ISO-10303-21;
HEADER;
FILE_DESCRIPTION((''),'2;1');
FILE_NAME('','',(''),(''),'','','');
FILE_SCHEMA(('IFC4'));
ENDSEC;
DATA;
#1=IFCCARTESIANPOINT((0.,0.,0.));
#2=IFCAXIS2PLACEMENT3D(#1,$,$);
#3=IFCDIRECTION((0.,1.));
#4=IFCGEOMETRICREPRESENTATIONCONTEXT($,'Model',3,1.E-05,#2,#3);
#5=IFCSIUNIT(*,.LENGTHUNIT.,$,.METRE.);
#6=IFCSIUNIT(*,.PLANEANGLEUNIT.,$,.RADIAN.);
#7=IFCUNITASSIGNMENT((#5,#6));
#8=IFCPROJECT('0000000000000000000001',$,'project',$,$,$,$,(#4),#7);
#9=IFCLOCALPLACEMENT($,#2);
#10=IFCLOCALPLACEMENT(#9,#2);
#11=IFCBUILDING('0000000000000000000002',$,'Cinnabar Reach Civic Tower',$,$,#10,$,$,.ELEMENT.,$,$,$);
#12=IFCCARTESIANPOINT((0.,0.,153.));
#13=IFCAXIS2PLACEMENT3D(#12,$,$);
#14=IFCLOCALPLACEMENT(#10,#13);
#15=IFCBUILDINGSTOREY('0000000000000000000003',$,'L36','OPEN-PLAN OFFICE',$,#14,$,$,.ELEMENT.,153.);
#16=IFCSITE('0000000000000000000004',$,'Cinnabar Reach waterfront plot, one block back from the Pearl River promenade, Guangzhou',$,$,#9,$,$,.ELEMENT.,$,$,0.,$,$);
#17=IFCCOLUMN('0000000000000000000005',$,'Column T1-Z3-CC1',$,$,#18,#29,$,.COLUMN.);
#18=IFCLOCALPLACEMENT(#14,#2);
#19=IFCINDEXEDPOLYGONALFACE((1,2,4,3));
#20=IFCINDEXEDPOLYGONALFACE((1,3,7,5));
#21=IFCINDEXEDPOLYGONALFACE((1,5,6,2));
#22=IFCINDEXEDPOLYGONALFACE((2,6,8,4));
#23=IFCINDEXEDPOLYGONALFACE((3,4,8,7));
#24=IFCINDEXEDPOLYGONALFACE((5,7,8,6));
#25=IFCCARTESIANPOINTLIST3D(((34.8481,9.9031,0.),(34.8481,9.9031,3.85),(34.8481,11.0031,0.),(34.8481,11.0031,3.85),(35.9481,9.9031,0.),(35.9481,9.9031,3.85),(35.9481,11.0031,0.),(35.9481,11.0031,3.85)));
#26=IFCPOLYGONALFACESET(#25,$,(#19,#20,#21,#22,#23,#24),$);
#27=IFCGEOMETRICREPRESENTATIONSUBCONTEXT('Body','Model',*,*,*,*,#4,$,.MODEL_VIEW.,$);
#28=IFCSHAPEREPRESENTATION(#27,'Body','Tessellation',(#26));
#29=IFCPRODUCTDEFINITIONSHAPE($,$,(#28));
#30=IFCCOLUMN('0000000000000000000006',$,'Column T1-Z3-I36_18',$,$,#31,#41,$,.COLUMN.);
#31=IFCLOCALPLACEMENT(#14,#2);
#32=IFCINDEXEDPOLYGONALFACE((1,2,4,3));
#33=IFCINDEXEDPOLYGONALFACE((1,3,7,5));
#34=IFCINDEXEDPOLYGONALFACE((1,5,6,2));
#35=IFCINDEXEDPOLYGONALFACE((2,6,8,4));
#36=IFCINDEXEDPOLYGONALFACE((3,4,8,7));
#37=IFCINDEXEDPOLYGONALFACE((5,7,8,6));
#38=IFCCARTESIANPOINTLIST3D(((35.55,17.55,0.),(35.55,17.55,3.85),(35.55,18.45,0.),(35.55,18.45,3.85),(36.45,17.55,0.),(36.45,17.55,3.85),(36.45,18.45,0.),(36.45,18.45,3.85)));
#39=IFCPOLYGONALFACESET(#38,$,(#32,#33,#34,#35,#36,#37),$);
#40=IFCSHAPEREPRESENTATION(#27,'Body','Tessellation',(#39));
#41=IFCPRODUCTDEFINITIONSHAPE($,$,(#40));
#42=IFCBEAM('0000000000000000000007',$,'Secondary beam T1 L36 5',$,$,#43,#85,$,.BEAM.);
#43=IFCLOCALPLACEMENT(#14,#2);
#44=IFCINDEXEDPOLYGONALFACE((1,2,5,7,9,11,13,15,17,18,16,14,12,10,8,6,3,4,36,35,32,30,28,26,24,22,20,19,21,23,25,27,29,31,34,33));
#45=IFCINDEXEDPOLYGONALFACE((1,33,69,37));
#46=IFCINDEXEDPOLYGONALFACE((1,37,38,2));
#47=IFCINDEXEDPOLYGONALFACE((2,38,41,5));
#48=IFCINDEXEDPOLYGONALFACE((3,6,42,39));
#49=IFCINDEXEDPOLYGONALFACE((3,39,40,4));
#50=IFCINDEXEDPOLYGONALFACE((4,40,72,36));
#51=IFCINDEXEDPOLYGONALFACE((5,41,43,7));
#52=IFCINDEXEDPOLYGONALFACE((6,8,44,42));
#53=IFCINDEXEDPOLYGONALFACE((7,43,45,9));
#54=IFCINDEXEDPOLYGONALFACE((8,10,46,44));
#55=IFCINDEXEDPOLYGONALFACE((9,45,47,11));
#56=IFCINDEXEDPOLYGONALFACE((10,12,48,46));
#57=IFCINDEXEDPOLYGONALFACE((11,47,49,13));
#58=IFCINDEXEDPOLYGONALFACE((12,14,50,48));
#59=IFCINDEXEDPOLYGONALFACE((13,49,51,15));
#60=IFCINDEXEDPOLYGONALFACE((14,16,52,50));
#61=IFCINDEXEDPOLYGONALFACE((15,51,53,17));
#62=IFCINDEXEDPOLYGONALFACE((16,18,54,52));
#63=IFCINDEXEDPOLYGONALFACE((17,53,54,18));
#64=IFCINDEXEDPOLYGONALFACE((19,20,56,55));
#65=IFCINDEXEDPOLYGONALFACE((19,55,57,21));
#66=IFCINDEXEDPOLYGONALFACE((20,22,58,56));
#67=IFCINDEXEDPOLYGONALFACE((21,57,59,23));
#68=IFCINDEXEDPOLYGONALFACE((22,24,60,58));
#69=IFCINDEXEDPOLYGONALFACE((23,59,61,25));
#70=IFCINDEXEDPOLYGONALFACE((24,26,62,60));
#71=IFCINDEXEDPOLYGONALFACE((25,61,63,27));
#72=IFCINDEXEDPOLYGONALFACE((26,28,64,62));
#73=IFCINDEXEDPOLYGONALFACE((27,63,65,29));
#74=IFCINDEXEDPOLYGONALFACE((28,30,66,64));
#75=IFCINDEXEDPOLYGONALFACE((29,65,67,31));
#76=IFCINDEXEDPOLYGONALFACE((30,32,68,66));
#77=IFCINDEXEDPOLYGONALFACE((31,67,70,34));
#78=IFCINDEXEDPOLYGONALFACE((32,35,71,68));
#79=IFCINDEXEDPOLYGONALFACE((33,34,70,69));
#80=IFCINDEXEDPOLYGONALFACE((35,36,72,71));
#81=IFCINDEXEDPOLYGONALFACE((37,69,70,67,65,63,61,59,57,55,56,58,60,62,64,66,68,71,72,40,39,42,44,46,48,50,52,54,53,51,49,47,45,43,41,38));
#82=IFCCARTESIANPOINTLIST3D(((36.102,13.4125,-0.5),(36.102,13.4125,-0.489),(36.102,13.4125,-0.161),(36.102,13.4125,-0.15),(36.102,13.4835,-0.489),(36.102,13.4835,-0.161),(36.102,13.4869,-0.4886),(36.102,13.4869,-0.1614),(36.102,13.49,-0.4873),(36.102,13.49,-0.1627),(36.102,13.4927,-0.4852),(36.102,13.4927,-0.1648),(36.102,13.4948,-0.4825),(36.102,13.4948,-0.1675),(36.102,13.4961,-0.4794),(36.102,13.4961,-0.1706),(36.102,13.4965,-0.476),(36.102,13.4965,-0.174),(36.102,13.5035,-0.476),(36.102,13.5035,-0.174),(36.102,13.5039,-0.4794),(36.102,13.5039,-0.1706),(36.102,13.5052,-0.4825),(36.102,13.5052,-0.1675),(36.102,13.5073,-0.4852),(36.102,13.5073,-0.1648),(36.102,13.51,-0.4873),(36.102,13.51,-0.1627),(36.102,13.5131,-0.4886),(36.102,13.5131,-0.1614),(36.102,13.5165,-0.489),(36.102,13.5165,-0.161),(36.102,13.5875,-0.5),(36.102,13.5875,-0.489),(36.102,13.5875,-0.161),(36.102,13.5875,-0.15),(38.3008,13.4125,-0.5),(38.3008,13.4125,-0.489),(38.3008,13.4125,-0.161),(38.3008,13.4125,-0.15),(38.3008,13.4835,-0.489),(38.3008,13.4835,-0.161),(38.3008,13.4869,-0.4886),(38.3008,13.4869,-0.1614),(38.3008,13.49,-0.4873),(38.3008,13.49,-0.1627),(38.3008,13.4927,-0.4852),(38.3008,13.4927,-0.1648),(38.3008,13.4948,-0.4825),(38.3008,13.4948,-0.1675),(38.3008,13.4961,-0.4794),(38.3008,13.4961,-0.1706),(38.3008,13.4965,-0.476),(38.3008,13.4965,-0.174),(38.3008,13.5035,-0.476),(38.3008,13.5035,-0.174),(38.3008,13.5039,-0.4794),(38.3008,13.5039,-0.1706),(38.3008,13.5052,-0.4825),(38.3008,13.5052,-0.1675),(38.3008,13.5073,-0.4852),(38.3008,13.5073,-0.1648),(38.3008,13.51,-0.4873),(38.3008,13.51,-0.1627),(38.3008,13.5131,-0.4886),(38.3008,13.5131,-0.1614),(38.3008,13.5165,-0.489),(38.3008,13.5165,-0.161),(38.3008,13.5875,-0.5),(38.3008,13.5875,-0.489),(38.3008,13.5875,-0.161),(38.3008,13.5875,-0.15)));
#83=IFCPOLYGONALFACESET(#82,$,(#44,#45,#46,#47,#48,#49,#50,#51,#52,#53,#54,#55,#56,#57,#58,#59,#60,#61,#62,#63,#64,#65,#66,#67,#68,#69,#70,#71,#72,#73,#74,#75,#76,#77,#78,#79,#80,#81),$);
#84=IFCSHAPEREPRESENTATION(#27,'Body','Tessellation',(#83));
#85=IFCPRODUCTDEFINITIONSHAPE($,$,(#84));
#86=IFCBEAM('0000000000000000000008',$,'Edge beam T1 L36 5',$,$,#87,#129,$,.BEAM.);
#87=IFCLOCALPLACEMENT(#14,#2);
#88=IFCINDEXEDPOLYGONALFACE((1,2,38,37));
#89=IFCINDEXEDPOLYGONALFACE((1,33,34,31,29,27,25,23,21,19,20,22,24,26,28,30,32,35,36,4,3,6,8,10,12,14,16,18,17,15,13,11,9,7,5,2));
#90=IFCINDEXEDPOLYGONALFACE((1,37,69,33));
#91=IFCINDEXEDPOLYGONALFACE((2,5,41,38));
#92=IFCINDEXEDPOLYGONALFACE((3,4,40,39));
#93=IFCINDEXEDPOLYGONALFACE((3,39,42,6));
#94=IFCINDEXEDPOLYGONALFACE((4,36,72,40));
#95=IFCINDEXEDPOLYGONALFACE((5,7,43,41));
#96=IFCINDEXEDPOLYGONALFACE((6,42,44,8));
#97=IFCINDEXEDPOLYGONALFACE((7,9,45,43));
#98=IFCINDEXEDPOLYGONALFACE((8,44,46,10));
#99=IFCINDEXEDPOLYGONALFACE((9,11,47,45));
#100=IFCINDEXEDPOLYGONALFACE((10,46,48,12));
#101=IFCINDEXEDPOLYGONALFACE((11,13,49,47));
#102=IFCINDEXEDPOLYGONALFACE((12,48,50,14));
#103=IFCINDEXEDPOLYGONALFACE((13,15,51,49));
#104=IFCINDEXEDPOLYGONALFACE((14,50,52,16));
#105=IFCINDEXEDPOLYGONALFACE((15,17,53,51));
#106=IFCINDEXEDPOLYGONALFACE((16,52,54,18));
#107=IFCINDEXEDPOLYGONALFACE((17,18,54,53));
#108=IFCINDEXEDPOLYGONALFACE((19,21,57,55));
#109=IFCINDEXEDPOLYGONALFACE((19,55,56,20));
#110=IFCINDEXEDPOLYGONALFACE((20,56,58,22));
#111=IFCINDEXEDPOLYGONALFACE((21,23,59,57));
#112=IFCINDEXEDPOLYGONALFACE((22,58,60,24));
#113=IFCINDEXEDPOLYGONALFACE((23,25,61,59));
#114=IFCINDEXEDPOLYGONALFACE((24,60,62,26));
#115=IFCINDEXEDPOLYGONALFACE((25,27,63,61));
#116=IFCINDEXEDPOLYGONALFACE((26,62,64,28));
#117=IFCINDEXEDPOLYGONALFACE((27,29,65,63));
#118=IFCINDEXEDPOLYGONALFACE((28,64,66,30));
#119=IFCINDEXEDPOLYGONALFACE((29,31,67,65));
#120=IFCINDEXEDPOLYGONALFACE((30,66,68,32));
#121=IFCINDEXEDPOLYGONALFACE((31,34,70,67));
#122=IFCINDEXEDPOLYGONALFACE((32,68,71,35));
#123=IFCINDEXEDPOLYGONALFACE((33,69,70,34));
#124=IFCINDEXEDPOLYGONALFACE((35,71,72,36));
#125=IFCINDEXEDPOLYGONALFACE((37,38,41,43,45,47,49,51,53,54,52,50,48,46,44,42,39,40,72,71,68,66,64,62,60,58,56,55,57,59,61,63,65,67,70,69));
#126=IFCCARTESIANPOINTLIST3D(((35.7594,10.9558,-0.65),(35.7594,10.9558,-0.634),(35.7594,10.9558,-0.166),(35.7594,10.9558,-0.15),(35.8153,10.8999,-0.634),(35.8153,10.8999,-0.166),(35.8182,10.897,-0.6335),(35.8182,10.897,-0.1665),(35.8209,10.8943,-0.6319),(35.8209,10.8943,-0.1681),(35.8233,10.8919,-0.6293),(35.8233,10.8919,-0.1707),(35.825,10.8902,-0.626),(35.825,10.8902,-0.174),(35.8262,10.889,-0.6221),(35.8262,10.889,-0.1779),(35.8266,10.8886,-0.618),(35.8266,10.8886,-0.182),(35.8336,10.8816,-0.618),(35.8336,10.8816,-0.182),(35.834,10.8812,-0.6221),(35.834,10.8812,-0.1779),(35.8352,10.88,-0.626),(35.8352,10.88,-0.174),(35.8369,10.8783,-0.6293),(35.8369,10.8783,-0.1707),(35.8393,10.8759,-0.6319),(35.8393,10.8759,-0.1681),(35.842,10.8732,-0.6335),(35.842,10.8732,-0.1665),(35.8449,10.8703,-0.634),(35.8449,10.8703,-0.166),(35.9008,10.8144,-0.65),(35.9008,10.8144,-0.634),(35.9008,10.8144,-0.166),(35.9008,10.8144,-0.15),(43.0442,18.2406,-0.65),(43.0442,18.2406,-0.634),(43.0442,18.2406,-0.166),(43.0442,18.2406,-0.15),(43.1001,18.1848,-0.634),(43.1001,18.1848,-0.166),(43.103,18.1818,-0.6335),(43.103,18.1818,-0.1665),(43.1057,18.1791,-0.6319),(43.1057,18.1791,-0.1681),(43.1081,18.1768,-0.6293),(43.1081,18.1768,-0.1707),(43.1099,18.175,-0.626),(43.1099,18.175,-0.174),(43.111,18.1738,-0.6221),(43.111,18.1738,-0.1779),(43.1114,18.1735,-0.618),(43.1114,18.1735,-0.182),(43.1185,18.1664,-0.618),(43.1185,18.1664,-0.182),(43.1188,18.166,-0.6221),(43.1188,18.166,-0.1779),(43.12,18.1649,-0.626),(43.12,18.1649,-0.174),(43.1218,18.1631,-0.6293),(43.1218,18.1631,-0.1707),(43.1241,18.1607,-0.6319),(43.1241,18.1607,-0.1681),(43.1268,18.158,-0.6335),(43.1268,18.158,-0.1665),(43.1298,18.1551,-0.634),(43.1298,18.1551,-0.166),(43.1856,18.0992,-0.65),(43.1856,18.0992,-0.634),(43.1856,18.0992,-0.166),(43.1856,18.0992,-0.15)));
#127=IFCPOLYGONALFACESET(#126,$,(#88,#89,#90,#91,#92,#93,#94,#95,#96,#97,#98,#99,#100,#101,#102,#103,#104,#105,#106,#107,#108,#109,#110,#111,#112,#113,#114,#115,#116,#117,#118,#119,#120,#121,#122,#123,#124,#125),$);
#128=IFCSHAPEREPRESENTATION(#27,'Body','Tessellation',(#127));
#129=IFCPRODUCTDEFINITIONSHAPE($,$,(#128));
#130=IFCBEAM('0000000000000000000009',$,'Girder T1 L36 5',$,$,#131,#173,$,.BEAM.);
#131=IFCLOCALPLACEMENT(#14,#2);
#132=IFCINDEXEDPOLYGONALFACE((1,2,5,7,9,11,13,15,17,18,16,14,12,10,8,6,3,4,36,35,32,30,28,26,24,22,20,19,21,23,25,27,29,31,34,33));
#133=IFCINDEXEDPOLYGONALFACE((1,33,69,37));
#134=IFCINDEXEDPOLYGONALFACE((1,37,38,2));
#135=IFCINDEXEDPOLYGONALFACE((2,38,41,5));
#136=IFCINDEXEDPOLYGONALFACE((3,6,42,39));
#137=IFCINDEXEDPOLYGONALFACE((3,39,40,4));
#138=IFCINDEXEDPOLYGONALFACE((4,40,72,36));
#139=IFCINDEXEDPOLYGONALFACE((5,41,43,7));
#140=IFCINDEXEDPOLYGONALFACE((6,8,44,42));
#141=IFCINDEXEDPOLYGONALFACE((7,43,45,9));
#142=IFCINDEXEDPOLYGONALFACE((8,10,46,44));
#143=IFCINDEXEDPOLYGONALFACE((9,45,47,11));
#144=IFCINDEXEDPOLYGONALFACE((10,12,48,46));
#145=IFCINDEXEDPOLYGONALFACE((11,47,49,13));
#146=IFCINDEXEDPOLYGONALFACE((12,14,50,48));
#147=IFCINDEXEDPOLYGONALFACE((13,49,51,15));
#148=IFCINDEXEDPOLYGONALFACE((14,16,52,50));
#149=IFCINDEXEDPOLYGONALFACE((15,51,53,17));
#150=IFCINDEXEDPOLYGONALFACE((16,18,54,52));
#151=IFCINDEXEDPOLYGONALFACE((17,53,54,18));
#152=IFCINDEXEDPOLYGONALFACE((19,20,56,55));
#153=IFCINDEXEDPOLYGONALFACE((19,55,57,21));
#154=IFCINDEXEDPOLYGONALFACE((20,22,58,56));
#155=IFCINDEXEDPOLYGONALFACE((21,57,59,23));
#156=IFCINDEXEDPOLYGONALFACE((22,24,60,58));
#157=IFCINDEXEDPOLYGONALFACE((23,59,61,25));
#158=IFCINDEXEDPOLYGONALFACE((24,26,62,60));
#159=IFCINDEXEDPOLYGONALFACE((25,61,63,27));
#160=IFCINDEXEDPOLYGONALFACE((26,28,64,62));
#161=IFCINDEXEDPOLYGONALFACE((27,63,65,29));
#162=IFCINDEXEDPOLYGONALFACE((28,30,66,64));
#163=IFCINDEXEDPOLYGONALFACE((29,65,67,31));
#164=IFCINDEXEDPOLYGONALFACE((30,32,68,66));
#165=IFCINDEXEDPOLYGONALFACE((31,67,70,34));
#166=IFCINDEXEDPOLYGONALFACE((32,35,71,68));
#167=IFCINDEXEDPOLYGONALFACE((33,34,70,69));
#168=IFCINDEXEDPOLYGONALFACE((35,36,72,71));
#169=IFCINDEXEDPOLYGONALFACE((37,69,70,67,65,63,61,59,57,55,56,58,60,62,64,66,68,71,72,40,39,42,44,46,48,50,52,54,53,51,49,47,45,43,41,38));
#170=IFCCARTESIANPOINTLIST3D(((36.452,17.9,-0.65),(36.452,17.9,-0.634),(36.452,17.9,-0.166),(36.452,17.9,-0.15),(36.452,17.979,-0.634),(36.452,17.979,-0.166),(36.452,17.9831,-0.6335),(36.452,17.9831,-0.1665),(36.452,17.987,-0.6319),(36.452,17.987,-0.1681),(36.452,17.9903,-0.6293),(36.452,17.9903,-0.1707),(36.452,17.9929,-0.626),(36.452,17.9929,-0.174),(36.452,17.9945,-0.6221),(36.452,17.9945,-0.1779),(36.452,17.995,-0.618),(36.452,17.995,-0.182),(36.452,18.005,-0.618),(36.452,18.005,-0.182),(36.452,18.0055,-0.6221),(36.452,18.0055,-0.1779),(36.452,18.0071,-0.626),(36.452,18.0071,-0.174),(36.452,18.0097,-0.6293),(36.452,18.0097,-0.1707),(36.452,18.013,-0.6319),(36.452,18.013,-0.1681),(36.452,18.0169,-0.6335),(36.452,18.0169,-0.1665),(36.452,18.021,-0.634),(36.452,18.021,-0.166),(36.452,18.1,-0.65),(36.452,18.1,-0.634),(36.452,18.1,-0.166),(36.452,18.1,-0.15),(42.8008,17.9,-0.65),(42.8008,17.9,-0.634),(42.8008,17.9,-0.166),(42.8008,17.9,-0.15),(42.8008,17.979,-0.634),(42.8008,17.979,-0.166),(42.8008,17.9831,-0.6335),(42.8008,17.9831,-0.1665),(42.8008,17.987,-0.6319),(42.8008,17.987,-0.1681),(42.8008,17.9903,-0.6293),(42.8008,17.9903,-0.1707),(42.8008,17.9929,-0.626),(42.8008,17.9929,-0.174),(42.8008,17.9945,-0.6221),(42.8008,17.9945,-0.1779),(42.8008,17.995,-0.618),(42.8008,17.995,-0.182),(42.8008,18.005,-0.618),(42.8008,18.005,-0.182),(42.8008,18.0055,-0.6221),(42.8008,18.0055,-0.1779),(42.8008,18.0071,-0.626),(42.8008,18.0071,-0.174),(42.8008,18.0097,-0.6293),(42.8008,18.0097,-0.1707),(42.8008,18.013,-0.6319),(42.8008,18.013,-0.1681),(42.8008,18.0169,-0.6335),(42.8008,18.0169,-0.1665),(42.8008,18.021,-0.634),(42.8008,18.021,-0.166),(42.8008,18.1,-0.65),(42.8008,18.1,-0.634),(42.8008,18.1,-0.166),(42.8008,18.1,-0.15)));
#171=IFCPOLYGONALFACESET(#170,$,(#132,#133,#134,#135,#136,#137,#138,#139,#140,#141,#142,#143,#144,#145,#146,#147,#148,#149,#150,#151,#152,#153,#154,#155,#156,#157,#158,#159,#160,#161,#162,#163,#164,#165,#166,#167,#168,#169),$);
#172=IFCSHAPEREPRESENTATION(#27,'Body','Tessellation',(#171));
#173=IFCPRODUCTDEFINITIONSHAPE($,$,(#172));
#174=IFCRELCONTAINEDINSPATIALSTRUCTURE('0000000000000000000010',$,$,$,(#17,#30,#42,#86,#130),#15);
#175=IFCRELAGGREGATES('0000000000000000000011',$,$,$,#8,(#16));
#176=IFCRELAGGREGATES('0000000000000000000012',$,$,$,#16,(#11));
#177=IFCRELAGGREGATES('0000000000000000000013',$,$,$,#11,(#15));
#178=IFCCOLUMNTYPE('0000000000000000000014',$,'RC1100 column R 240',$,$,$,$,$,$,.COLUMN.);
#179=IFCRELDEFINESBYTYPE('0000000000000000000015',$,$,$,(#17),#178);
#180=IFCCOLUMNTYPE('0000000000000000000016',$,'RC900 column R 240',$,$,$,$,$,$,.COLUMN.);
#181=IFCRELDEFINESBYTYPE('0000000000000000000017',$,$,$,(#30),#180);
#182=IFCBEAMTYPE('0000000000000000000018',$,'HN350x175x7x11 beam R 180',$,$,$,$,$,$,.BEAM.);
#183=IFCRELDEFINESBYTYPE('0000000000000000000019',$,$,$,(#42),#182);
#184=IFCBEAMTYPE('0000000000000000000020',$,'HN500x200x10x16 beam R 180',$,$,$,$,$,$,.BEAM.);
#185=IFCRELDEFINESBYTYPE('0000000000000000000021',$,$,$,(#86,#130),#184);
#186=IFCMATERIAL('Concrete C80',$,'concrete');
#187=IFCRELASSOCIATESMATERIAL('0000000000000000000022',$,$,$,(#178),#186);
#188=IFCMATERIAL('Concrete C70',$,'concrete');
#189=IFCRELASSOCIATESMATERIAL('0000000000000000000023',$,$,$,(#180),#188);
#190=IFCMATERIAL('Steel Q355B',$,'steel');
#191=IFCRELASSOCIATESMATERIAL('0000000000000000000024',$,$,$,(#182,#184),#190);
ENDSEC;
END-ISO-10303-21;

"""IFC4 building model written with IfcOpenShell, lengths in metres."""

from ifc_helpers import new_model, si_unit, direction, frame, origin, origin_2d, place, context, subcontext, project, spatial, rectangle, i_section, extrude, material, material_profile, profile_set, type_object, element, save


model = new_model("IFC4")

# Units and contexts
model_context = context("Model", 3, precision=1e-05, world=origin(), true_north=direction((0.0, 1.0)))
body_context = subcontext(model_context, "Body", "Model", "MODEL_VIEW")
ifc_project = project(units=[si_unit("LENGTHUNIT", "METRE"), si_unit("PLANEANGLEUNIT", "RADIAN")], contexts=[model_context])

# Site, building, storey
site_placement = place(None, origin())
site = spatial("IfcSite", under=ifc_project, at=site_placement, Name="Cinnabar Reach waterfront plot, one block back from the Pearl River promenade, Guangzhou", CompositionType="ELEMENT", RefElevation=0.0)
building_placement = place(site_placement, origin())
building = spatial("IfcBuilding", under=site, at=building_placement, Name="Cinnabar Reach Civic Tower", CompositionType="ELEMENT")
storey_placement = place(building_placement, frame((0.0, 0.0, 153.0)))
storey = spatial("IfcBuildingStorey", under=building, at=storey_placement, Name="L36", Description="OPEN-PLAN OFFICE", CompositionType="ELEMENT", Elevation=153.0)

# Columns
ifc_material_1 = material(Name="Concrete C80", Category="concrete")
ifc_material_profile_1 = material_profile(ifc_material_1, rectangle(XDim=1.1, YDim=1.1, at=origin_2d()), Name="RC1100")
ifc_profile_set_1 = profile_set([ifc_material_profile_1], Name="Concrete C80")
column_type_1 = type_object("IfcColumnType", Name="RC1100 column R 240", PredefinedType="COLUMN", material=ifc_profile_set_1)
column_1_placement = place(storey_placement, frame((35.3981, 10.4531, 0.0), z_axis=(0.0, 0.0, 1.0), x_axis=(1.0, 0.0, 0.0)))
element("IfcColumn", 1, at=column_1_placement, inside=storey, type_object=column_type_1, Name="Column T1-Z3-CC1", PredefinedType="COLUMN", context=body_context, shape_type="SweptSolid", body=[
    extrude(rectangle(XDim=1.1, YDim=1.1, at=origin_2d()), origin(), (0.0, 0.0, 1.0), 3.85),
])
ifc_material_2 = material(Name="Concrete C70", Category="concrete")
ifc_material_profile_2 = material_profile(ifc_material_2, rectangle(XDim=0.9, YDim=0.9, at=origin_2d()), Name="RC900")
ifc_profile_set_2 = profile_set([ifc_material_profile_2], Name="Concrete C70")
column_type_2 = type_object("IfcColumnType", Name="RC900 column R 240", PredefinedType="COLUMN", material=ifc_profile_set_2)
column_2_placement = place(storey_placement, frame((36.0, 18.0, 0.0), z_axis=(0.0, 0.0, 1.0), x_axis=(1.0, 0.0, 0.0)))
element("IfcColumn", 2, at=column_2_placement, inside=storey, type_object=column_type_2, Name="Column T1-Z3-I36_18", PredefinedType="COLUMN", context=body_context, shape_type="SweptSolid", body=[
    extrude(rectangle(XDim=0.9, YDim=0.9, at=origin_2d()), origin(), (0.0, 0.0, 1.0), 3.85),
])

# Beams
ifc_material_3 = material(Name="Steel Q355B", Category="steel")
ifc_material_profile_3 = material_profile(ifc_material_3, i_section(OverallWidth=0.175, OverallDepth=0.35, WebThickness=0.007, FlangeThickness=0.011, FilletRadius=0.013, at=origin_2d()), Name="HN350x175x7x11")
ifc_profile_set_3 = profile_set([ifc_material_profile_3], Name="Steel Q355B")
beam_type_1 = type_object("IfcBeamType", Name="HN350x175x7x11 beam R 180", PredefinedType="BEAM", material=ifc_profile_set_3)
beam_1_placement = place(storey_placement, frame((36.102, 13.5, -0.325), z_axis=(1.0, 0.0, 0.0), x_axis=(0.0, 1.0, 0.0)))
element("IfcBeam", 3, at=beam_1_placement, inside=storey, type_object=beam_type_1, Name="Secondary beam T1 L36 5", PredefinedType="BEAM", context=body_context, shape_type="SweptSolid", body=[
    extrude(i_section(OverallWidth=0.175, OverallDepth=0.35, WebThickness=0.007, FlangeThickness=0.011, FilletRadius=0.013, at=origin_2d()), origin(), (0.0, 0.0, 1.0), 2.1988),
])
ifc_material_profile_4 = material_profile(ifc_material_3, i_section(OverallWidth=0.2, OverallDepth=0.5, WebThickness=0.01, FlangeThickness=0.016, FilletRadius=0.016, at=origin_2d()), Name="HN500x200x10x16")
ifc_profile_set_4 = profile_set([ifc_material_profile_4], Name="Steel Q355B")
beam_type_2 = type_object("IfcBeamType", Name="HN500x200x10x16 beam R 180", PredefinedType="BEAM", material=ifc_profile_set_4)
beam_2_placement = place(storey_placement, frame((35.8301, 10.8851, -0.4), z_axis=(0.707107, 0.707107, 0.0), x_axis=(-0.707107, 0.707107, 0.0)))
element("IfcBeam", 4, at=beam_2_placement, inside=storey, type_object=beam_type_2, Name="Edge beam T1 L36 5", PredefinedType="BEAM", context=body_context, shape_type="SweptSolid", body=[
    extrude(i_section(OverallWidth=0.2, OverallDepth=0.5, WebThickness=0.01, FlangeThickness=0.016, FilletRadius=0.016, at=origin_2d()), origin(), (0.0, 0.0, 1.0), 10.3023),
])
for number, where, z_axis, x_axis, name in (
    (5, (36.452, 18.0, -0.4), (1.0, 0.0, 0.0), (0.0, 1.0, 0.0), "Girder T1 L36 5"),
):
    element("IfcBeam", number, at=place(storey_placement, frame(where, z_axis=z_axis, x_axis=x_axis)), inside=storey, type_object=beam_type_2, Name=name, PredefinedType="BEAM", context=body_context, shape_type="SweptSolid", body=[
        extrude(i_section(OverallWidth=0.2, OverallDepth=0.5, WebThickness=0.01, FlangeThickness=0.016, FilletRadius=0.016, at=origin_2d()), origin(), (0.0, 0.0, 1.0), 6.3488),
    ])

save(model, "model.ifc")
